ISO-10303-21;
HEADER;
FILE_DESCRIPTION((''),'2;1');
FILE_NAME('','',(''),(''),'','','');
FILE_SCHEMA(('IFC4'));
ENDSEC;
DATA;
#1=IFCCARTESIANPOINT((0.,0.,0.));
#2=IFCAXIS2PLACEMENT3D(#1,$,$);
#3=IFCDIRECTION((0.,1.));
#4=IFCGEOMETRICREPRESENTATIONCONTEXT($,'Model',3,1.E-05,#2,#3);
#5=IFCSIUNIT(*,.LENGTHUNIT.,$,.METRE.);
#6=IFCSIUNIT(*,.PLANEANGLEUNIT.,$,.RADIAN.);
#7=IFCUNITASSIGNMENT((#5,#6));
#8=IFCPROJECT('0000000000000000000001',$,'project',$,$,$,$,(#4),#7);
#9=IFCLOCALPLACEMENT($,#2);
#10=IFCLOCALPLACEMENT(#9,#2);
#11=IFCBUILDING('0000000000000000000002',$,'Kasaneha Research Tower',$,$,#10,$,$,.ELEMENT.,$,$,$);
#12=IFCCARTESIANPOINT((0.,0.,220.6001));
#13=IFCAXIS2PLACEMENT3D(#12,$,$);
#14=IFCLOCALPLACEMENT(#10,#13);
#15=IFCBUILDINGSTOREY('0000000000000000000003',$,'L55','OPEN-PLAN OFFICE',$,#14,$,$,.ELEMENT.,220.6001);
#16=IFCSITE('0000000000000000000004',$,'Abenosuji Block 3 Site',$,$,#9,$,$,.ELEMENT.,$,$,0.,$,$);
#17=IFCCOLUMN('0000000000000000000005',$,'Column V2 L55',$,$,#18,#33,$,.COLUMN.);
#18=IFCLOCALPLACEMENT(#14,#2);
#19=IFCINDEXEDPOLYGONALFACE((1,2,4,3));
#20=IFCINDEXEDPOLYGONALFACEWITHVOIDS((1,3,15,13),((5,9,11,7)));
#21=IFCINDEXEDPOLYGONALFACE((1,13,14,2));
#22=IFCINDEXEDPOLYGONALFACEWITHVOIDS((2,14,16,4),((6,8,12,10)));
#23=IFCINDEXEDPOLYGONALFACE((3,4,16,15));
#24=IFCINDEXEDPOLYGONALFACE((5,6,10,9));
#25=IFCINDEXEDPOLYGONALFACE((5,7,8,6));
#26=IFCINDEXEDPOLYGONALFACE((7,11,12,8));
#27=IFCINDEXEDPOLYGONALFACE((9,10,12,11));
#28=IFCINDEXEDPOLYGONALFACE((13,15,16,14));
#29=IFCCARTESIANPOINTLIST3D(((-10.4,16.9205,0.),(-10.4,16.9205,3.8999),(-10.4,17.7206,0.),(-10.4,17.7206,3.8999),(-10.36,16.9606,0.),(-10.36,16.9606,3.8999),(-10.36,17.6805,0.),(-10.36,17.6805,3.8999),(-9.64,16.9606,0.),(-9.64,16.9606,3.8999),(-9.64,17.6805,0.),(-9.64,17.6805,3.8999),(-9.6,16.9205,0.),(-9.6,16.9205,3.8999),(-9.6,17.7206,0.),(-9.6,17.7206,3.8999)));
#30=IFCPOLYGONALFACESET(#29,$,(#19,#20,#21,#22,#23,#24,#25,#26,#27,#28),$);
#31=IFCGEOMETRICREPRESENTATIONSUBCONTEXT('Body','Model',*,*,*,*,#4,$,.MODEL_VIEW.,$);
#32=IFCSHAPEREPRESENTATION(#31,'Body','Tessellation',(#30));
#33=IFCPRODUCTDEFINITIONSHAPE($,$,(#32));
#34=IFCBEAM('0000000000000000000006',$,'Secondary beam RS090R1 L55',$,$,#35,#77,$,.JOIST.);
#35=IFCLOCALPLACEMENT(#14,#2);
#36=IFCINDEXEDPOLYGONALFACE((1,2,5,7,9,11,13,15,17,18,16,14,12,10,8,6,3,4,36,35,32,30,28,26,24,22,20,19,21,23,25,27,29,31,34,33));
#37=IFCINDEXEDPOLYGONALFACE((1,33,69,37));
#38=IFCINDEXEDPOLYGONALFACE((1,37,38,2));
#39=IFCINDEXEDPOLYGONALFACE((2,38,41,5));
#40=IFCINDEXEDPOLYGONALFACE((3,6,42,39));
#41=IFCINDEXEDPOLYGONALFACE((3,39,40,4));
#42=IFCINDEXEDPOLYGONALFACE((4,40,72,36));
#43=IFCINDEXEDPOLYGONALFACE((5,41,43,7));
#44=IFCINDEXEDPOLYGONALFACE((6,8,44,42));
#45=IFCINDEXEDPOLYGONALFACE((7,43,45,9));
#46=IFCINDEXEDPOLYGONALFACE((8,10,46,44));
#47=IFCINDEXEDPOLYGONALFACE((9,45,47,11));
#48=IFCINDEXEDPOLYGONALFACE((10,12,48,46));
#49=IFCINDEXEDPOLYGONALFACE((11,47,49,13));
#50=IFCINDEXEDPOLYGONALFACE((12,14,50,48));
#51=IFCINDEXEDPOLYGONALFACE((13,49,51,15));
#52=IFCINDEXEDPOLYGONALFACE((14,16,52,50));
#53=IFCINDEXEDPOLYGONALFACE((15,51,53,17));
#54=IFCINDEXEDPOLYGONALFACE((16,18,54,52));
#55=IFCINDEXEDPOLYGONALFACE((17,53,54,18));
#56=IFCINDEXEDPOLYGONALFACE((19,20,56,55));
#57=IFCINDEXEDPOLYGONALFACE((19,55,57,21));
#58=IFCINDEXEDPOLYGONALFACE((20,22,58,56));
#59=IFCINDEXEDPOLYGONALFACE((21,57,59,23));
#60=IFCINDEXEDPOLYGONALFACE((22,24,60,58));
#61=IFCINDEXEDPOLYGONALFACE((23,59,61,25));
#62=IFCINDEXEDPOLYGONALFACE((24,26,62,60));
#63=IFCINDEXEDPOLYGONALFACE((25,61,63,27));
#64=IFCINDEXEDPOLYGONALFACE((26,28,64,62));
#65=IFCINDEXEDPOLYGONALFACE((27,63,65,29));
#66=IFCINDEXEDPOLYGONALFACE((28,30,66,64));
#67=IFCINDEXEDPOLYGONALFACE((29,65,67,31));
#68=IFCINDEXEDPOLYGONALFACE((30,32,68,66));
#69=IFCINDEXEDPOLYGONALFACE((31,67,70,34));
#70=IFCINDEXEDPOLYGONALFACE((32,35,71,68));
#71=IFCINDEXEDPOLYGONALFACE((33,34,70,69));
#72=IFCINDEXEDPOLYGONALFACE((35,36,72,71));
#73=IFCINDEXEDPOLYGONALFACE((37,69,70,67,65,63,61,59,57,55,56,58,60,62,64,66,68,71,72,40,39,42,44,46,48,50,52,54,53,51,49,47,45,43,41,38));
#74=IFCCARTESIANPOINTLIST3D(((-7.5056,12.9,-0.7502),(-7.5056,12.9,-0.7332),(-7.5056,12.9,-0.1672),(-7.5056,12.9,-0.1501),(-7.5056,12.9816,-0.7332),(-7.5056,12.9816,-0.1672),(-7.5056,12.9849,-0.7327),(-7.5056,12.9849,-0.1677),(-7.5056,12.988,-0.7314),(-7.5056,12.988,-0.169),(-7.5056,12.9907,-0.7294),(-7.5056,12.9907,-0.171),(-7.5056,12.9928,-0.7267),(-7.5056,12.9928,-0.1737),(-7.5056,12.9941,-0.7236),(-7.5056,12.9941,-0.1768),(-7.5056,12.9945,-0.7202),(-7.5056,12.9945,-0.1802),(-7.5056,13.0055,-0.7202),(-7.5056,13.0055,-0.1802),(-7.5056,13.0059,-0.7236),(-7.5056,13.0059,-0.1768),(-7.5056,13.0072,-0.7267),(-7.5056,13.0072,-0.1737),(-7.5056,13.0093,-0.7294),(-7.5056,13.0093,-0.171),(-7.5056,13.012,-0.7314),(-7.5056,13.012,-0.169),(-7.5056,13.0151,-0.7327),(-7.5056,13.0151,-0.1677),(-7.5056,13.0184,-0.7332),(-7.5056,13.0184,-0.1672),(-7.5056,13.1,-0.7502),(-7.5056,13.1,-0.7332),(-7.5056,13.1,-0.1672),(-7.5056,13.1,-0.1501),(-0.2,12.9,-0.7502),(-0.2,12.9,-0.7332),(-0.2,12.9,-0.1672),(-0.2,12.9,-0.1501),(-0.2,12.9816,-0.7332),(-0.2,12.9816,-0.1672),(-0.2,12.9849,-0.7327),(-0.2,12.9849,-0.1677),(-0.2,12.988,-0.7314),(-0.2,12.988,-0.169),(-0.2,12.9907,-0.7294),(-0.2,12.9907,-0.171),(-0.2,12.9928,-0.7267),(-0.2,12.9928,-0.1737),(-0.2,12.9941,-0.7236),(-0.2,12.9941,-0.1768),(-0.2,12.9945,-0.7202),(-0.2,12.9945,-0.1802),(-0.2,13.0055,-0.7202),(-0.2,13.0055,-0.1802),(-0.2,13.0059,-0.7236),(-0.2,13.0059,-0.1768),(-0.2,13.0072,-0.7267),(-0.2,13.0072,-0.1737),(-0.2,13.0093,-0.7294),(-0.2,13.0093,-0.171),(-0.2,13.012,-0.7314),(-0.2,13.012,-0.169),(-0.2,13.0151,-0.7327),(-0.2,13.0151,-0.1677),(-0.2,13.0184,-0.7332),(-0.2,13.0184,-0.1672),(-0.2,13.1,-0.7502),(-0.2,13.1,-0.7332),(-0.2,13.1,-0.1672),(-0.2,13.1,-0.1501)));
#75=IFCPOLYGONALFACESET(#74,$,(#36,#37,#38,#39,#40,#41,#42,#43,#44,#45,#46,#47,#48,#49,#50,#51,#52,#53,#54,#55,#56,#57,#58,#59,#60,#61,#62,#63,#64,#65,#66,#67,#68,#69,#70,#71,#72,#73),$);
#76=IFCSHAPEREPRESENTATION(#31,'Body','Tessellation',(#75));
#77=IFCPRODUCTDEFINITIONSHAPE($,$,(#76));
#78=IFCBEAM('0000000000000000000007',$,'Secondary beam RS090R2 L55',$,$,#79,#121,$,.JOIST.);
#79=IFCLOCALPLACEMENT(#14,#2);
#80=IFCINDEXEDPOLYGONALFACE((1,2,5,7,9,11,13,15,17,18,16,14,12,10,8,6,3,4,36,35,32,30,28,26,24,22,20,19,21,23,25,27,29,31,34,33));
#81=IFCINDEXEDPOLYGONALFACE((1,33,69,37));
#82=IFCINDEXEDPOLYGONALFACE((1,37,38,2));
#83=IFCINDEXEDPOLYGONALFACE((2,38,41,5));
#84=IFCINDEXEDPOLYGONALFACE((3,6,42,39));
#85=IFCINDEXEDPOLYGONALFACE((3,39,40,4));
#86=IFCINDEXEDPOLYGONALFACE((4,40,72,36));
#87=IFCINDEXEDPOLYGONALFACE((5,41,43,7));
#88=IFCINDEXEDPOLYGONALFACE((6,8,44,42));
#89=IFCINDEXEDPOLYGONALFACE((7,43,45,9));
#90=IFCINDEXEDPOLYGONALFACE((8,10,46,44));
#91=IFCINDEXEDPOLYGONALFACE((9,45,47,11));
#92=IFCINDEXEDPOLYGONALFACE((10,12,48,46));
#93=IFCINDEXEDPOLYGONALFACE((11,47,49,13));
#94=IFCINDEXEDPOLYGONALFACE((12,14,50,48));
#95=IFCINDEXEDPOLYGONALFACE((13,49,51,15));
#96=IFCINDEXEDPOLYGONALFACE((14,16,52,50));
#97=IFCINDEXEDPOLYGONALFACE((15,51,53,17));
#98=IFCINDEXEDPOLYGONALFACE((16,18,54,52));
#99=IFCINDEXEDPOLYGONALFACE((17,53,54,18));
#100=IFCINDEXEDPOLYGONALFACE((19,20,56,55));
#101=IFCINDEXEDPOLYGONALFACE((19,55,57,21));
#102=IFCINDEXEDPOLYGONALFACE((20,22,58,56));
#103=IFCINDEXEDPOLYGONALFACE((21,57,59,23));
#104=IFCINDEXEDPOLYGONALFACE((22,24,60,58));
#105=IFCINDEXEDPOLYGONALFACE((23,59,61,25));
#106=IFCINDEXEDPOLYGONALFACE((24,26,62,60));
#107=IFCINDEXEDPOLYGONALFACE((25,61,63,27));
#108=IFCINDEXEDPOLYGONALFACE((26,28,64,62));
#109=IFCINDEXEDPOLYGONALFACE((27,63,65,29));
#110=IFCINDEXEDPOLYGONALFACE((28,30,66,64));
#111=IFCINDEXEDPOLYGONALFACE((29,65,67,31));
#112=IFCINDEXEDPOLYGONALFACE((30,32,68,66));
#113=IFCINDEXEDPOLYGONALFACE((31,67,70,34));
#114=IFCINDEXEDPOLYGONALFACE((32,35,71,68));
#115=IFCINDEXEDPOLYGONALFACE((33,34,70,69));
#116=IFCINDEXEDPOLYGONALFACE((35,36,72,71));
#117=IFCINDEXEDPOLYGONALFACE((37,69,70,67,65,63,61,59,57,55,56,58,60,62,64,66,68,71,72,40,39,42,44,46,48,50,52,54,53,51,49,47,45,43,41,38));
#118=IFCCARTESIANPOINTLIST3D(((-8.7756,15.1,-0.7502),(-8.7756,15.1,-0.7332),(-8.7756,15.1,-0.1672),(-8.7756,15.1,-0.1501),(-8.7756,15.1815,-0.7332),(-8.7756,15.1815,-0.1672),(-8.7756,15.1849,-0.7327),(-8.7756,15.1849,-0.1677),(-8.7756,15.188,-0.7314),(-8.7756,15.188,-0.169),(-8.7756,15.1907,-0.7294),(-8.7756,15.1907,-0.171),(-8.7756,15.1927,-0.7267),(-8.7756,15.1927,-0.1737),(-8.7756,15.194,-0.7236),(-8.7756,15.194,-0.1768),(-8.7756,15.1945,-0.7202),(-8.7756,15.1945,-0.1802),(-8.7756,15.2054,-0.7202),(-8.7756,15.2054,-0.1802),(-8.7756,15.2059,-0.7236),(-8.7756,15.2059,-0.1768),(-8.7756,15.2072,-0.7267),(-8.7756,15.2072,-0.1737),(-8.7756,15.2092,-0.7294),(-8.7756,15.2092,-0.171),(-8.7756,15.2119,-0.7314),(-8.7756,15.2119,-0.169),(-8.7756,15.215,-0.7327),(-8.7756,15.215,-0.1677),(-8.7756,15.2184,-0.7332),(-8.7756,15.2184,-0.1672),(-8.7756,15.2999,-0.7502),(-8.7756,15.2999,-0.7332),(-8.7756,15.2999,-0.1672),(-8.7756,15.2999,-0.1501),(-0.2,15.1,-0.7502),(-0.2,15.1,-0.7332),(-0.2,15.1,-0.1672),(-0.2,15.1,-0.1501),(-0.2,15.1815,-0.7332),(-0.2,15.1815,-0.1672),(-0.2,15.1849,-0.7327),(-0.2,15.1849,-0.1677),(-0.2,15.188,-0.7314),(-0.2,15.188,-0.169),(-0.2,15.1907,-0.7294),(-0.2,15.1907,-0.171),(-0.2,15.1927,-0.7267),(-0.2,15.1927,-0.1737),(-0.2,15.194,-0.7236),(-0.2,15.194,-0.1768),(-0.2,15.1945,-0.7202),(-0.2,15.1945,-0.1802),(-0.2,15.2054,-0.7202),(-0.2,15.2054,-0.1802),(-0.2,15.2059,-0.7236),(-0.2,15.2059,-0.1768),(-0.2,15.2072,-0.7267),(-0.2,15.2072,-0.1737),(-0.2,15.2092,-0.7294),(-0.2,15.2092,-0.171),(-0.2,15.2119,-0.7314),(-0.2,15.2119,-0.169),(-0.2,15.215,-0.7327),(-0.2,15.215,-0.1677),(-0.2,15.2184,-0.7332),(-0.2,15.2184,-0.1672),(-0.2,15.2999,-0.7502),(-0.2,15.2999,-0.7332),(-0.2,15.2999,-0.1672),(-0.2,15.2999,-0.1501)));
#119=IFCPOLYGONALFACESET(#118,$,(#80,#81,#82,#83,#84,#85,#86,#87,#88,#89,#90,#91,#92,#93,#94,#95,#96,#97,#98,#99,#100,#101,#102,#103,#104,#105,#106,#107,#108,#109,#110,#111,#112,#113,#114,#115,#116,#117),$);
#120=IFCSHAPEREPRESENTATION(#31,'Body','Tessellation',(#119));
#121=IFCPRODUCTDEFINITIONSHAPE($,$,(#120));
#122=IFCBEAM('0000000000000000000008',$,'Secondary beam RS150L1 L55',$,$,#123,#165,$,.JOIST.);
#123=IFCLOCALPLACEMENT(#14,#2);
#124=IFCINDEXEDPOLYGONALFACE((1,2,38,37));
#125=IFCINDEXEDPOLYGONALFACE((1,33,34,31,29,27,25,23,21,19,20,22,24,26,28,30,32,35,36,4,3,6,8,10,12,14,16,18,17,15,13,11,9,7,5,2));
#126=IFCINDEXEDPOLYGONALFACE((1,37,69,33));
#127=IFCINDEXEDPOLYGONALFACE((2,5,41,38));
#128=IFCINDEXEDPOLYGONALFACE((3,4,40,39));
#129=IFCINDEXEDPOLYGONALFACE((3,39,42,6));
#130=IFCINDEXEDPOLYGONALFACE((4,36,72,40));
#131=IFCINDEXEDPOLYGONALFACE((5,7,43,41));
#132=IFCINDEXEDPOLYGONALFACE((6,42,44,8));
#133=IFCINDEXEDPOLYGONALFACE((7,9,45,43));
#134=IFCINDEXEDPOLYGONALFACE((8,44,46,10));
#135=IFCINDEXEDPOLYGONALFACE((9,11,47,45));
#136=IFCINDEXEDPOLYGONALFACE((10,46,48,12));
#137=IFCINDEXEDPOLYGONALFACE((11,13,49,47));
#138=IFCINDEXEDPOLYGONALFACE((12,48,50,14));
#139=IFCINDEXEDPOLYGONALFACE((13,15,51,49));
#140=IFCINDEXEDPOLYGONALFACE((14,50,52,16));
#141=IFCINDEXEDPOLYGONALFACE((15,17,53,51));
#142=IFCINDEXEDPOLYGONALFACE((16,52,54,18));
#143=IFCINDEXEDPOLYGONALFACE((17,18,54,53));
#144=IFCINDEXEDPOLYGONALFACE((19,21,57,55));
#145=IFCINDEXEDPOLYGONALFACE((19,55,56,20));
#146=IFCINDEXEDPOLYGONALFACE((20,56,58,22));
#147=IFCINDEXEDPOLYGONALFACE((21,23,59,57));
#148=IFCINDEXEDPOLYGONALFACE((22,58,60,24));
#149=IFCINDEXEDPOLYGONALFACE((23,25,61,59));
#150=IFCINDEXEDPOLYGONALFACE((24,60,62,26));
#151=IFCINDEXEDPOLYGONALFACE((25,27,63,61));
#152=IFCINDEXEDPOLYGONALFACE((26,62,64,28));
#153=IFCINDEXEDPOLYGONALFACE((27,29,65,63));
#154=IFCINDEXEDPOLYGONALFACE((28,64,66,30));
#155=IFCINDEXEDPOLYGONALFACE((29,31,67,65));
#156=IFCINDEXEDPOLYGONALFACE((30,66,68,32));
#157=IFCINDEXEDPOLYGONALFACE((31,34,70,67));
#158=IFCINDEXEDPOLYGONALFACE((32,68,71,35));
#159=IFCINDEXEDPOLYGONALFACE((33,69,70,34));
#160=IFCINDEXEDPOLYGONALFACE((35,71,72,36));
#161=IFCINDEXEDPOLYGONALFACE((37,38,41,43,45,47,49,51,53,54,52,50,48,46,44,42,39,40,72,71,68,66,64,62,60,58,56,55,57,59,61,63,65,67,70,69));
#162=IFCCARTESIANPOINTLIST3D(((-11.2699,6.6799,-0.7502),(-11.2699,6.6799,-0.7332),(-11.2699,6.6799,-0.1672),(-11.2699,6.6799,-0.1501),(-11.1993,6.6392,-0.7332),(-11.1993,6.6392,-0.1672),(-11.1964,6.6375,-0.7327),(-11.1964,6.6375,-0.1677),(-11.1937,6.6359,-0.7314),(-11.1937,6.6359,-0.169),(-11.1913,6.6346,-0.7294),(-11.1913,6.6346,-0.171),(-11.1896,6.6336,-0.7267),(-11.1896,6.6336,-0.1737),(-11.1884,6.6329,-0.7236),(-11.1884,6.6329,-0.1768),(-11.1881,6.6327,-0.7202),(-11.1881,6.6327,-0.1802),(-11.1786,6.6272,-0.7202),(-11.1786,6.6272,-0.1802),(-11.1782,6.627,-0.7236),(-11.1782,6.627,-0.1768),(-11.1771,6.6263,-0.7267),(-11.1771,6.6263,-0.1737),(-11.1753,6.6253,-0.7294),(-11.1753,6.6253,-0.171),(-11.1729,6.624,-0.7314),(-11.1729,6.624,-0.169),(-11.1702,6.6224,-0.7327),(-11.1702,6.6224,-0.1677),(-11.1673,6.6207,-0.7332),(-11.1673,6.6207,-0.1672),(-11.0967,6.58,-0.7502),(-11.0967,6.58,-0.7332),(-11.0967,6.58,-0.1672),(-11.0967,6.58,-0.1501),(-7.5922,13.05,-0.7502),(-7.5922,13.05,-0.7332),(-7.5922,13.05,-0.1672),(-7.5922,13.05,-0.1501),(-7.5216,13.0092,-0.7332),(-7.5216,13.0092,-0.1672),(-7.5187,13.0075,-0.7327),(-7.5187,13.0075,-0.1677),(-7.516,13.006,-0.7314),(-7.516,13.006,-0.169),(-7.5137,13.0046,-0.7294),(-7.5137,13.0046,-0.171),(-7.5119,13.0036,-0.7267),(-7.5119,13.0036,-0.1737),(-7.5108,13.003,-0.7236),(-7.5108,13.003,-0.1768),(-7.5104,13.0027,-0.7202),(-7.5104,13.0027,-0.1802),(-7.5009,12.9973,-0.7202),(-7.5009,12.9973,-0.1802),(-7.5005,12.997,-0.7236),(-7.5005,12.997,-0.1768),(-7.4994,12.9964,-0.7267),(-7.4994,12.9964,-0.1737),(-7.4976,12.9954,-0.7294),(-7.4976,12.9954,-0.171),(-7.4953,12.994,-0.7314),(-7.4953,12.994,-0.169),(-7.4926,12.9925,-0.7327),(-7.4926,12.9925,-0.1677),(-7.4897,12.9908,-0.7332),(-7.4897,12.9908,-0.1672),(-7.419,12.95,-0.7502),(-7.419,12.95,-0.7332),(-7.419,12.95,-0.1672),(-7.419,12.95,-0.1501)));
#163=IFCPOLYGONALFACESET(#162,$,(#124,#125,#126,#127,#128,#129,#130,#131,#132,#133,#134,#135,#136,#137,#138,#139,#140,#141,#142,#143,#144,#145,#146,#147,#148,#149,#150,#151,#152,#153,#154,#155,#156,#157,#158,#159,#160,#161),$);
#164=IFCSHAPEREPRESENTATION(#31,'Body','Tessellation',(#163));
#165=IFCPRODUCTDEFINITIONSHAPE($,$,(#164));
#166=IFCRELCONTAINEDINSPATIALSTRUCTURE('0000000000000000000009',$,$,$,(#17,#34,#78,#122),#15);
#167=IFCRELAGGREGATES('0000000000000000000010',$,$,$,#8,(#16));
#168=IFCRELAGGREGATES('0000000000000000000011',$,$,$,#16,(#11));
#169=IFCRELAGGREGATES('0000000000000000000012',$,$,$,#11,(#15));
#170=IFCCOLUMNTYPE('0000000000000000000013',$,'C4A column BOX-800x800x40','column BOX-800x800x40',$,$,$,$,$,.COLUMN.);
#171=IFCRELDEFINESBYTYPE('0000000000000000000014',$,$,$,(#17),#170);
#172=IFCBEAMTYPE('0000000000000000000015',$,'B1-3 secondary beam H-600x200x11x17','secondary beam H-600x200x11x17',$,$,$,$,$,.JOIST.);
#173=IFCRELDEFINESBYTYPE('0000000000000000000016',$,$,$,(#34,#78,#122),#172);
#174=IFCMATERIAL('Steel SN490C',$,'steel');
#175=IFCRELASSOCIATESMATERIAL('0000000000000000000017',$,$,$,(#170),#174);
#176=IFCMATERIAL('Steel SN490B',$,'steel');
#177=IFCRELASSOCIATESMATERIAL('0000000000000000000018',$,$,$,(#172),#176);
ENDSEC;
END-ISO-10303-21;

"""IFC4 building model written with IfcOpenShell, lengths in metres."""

from ifc_helpers import new_model, si_unit, direction, frame, origin, origin_2d, place, context, subcontext, project, spatial, hollow_rectangle, i_section, extrude, material, material_profile, profile_set, type_object, element, save


model = new_model("IFC4")

# Units and contexts
model_context = context("Model", 3, precision=1e-05, world=origin(), true_north=direction((0.0, 1.0)))
body_context = subcontext(model_context, "Body", "Model", "MODEL_VIEW")
ifc_project = project(units=[si_unit("LENGTHUNIT", "METRE"), si_unit("PLANEANGLEUNIT", "RADIAN")], contexts=[model_context])

# Site, building, storey
site_placement = place(None, origin())
site = spatial("IfcSite", under=ifc_project, at=site_placement, Name="Abenosuji Block 3 Site", CompositionType="ELEMENT", RefElevation=0.0)
building_placement = place(site_placement, origin())
building = spatial("IfcBuilding", under=site, at=building_placement, Name="Kasaneha Research Tower", CompositionType="ELEMENT")
storey_placement = place(building_placement, frame((0.0, 0.0, 220.6001)))
storey = spatial("IfcBuildingStorey", under=building, at=storey_placement, Name="L55", Description="OPEN-PLAN OFFICE", CompositionType="ELEMENT", Elevation=220.6001)

# Column
ifc_material_1 = material(Name="Steel SN490C", Category="steel")
ifc_material_profile_1 = material_profile(ifc_material_1, hollow_rectangle(XDim=0.8, YDim=0.8, WallThickness=0.04, at=origin_2d()), Name="BOX-800x800x40")
ifc_profile_set_1 = profile_set([ifc_material_profile_1], Name="Steel SN490C")
column_type = type_object("IfcColumnType", Name="C4A column BOX-800x800x40", Description="column BOX-800x800x40", PredefinedType="COLUMN", material=ifc_profile_set_1)
column_placement = place(storey_placement, frame((-10.0, 17.3206, 0.0), z_axis=(0.0, 0.0, 1.0), x_axis=(1.0, 0.0, 0.0)))
element("IfcColumn", 1, at=column_placement, inside=storey, type_object=column_type, Name="Column V2 L55", PredefinedType="COLUMN", context=body_context, shape_type="SweptSolid", body=[
    extrude(hollow_rectangle(XDim=0.8, YDim=0.8, WallThickness=0.04, at=origin_2d()), origin(), (0.0, 0.0, 1.0), 3.8999),
])

# Beams
ifc_material_2 = material(Name="Steel SN490B", Category="steel")
ifc_material_profile_2 = material_profile(ifc_material_2, i_section(OverallWidth=0.2, OverallDepth=0.6001, WebThickness=0.011, FlangeThickness=0.0171, FilletRadius=0.0129, at=origin_2d()), Name="H-600x200x11x17")
ifc_profile_set_2 = profile_set([ifc_material_profile_2], Name="Steel SN490B")
beam_type_1 = type_object("IfcBeamType", Name="B1-3 secondary beam H-600x200x11x17", Description="secondary beam H-600x200x11x17", PredefinedType="JOIST", material=ifc_profile_set_2)
beam_1_placement = place(storey_placement, frame((-7.5056, 13.0, -0.4502), z_axis=(1.0, 0.0, 0.0), x_axis=(0.0, 1.0, 0.0)))
element("IfcBeam", 2, at=beam_1_placement, inside=storey, type_object=beam_type_1, Name="Secondary beam RS090R1 L55", PredefinedType="JOIST", context=body_context, shape_type="SweptSolid", body=[
    extrude(i_section(OverallWidth=0.2, OverallDepth=0.6001, WebThickness=0.011, FlangeThickness=0.0171, FilletRadius=0.0129, at=origin_2d()), origin(), (0.0, 0.0, 1.0), 7.3057),
])
beam_2_placement = place(storey_placement, frame((-8.7756, 15.2, -0.4502), z_axis=(1.0, 0.0, 0.0), x_axis=(0.0, 1.0, 0.0)))
element("IfcBeam", 3, at=beam_2_placement, inside=storey, type_object=beam_type_1, Name="Secondary beam RS090R2 L55", PredefinedType="JOIST", context=body_context, shape_type="SweptSolid", body=[
    extrude(i_section(OverallWidth=0.2, OverallDepth=0.6001, WebThickness=0.011, FlangeThickness=0.0171, FilletRadius=0.0129, at=origin_2d()), origin(), (0.0, 0.0, 1.0), 8.5757),
])
beam_3_placement = place(storey_placement, frame((-7.5056, 13.0, -0.4502), z_axis=(-0.499994, -0.866029, 0.0), x_axis=(0.866029, -0.499994, 0.0)))
element("IfcBeam", 4, at=beam_3_placement, inside=storey, type_object=beam_type_1, Name="Secondary beam RS150L1 L55", PredefinedType="JOIST", context=body_context, shape_type="SweptSolid", body=[
    extrude(i_section(OverallWidth=0.2, OverallDepth=0.6001, WebThickness=0.011, FlangeThickness=0.0171, FilletRadius=0.0129, at=origin_2d()), origin(), (0.0, 0.0, 1.0), 7.3555),
])

save(model, "model.ifc")
